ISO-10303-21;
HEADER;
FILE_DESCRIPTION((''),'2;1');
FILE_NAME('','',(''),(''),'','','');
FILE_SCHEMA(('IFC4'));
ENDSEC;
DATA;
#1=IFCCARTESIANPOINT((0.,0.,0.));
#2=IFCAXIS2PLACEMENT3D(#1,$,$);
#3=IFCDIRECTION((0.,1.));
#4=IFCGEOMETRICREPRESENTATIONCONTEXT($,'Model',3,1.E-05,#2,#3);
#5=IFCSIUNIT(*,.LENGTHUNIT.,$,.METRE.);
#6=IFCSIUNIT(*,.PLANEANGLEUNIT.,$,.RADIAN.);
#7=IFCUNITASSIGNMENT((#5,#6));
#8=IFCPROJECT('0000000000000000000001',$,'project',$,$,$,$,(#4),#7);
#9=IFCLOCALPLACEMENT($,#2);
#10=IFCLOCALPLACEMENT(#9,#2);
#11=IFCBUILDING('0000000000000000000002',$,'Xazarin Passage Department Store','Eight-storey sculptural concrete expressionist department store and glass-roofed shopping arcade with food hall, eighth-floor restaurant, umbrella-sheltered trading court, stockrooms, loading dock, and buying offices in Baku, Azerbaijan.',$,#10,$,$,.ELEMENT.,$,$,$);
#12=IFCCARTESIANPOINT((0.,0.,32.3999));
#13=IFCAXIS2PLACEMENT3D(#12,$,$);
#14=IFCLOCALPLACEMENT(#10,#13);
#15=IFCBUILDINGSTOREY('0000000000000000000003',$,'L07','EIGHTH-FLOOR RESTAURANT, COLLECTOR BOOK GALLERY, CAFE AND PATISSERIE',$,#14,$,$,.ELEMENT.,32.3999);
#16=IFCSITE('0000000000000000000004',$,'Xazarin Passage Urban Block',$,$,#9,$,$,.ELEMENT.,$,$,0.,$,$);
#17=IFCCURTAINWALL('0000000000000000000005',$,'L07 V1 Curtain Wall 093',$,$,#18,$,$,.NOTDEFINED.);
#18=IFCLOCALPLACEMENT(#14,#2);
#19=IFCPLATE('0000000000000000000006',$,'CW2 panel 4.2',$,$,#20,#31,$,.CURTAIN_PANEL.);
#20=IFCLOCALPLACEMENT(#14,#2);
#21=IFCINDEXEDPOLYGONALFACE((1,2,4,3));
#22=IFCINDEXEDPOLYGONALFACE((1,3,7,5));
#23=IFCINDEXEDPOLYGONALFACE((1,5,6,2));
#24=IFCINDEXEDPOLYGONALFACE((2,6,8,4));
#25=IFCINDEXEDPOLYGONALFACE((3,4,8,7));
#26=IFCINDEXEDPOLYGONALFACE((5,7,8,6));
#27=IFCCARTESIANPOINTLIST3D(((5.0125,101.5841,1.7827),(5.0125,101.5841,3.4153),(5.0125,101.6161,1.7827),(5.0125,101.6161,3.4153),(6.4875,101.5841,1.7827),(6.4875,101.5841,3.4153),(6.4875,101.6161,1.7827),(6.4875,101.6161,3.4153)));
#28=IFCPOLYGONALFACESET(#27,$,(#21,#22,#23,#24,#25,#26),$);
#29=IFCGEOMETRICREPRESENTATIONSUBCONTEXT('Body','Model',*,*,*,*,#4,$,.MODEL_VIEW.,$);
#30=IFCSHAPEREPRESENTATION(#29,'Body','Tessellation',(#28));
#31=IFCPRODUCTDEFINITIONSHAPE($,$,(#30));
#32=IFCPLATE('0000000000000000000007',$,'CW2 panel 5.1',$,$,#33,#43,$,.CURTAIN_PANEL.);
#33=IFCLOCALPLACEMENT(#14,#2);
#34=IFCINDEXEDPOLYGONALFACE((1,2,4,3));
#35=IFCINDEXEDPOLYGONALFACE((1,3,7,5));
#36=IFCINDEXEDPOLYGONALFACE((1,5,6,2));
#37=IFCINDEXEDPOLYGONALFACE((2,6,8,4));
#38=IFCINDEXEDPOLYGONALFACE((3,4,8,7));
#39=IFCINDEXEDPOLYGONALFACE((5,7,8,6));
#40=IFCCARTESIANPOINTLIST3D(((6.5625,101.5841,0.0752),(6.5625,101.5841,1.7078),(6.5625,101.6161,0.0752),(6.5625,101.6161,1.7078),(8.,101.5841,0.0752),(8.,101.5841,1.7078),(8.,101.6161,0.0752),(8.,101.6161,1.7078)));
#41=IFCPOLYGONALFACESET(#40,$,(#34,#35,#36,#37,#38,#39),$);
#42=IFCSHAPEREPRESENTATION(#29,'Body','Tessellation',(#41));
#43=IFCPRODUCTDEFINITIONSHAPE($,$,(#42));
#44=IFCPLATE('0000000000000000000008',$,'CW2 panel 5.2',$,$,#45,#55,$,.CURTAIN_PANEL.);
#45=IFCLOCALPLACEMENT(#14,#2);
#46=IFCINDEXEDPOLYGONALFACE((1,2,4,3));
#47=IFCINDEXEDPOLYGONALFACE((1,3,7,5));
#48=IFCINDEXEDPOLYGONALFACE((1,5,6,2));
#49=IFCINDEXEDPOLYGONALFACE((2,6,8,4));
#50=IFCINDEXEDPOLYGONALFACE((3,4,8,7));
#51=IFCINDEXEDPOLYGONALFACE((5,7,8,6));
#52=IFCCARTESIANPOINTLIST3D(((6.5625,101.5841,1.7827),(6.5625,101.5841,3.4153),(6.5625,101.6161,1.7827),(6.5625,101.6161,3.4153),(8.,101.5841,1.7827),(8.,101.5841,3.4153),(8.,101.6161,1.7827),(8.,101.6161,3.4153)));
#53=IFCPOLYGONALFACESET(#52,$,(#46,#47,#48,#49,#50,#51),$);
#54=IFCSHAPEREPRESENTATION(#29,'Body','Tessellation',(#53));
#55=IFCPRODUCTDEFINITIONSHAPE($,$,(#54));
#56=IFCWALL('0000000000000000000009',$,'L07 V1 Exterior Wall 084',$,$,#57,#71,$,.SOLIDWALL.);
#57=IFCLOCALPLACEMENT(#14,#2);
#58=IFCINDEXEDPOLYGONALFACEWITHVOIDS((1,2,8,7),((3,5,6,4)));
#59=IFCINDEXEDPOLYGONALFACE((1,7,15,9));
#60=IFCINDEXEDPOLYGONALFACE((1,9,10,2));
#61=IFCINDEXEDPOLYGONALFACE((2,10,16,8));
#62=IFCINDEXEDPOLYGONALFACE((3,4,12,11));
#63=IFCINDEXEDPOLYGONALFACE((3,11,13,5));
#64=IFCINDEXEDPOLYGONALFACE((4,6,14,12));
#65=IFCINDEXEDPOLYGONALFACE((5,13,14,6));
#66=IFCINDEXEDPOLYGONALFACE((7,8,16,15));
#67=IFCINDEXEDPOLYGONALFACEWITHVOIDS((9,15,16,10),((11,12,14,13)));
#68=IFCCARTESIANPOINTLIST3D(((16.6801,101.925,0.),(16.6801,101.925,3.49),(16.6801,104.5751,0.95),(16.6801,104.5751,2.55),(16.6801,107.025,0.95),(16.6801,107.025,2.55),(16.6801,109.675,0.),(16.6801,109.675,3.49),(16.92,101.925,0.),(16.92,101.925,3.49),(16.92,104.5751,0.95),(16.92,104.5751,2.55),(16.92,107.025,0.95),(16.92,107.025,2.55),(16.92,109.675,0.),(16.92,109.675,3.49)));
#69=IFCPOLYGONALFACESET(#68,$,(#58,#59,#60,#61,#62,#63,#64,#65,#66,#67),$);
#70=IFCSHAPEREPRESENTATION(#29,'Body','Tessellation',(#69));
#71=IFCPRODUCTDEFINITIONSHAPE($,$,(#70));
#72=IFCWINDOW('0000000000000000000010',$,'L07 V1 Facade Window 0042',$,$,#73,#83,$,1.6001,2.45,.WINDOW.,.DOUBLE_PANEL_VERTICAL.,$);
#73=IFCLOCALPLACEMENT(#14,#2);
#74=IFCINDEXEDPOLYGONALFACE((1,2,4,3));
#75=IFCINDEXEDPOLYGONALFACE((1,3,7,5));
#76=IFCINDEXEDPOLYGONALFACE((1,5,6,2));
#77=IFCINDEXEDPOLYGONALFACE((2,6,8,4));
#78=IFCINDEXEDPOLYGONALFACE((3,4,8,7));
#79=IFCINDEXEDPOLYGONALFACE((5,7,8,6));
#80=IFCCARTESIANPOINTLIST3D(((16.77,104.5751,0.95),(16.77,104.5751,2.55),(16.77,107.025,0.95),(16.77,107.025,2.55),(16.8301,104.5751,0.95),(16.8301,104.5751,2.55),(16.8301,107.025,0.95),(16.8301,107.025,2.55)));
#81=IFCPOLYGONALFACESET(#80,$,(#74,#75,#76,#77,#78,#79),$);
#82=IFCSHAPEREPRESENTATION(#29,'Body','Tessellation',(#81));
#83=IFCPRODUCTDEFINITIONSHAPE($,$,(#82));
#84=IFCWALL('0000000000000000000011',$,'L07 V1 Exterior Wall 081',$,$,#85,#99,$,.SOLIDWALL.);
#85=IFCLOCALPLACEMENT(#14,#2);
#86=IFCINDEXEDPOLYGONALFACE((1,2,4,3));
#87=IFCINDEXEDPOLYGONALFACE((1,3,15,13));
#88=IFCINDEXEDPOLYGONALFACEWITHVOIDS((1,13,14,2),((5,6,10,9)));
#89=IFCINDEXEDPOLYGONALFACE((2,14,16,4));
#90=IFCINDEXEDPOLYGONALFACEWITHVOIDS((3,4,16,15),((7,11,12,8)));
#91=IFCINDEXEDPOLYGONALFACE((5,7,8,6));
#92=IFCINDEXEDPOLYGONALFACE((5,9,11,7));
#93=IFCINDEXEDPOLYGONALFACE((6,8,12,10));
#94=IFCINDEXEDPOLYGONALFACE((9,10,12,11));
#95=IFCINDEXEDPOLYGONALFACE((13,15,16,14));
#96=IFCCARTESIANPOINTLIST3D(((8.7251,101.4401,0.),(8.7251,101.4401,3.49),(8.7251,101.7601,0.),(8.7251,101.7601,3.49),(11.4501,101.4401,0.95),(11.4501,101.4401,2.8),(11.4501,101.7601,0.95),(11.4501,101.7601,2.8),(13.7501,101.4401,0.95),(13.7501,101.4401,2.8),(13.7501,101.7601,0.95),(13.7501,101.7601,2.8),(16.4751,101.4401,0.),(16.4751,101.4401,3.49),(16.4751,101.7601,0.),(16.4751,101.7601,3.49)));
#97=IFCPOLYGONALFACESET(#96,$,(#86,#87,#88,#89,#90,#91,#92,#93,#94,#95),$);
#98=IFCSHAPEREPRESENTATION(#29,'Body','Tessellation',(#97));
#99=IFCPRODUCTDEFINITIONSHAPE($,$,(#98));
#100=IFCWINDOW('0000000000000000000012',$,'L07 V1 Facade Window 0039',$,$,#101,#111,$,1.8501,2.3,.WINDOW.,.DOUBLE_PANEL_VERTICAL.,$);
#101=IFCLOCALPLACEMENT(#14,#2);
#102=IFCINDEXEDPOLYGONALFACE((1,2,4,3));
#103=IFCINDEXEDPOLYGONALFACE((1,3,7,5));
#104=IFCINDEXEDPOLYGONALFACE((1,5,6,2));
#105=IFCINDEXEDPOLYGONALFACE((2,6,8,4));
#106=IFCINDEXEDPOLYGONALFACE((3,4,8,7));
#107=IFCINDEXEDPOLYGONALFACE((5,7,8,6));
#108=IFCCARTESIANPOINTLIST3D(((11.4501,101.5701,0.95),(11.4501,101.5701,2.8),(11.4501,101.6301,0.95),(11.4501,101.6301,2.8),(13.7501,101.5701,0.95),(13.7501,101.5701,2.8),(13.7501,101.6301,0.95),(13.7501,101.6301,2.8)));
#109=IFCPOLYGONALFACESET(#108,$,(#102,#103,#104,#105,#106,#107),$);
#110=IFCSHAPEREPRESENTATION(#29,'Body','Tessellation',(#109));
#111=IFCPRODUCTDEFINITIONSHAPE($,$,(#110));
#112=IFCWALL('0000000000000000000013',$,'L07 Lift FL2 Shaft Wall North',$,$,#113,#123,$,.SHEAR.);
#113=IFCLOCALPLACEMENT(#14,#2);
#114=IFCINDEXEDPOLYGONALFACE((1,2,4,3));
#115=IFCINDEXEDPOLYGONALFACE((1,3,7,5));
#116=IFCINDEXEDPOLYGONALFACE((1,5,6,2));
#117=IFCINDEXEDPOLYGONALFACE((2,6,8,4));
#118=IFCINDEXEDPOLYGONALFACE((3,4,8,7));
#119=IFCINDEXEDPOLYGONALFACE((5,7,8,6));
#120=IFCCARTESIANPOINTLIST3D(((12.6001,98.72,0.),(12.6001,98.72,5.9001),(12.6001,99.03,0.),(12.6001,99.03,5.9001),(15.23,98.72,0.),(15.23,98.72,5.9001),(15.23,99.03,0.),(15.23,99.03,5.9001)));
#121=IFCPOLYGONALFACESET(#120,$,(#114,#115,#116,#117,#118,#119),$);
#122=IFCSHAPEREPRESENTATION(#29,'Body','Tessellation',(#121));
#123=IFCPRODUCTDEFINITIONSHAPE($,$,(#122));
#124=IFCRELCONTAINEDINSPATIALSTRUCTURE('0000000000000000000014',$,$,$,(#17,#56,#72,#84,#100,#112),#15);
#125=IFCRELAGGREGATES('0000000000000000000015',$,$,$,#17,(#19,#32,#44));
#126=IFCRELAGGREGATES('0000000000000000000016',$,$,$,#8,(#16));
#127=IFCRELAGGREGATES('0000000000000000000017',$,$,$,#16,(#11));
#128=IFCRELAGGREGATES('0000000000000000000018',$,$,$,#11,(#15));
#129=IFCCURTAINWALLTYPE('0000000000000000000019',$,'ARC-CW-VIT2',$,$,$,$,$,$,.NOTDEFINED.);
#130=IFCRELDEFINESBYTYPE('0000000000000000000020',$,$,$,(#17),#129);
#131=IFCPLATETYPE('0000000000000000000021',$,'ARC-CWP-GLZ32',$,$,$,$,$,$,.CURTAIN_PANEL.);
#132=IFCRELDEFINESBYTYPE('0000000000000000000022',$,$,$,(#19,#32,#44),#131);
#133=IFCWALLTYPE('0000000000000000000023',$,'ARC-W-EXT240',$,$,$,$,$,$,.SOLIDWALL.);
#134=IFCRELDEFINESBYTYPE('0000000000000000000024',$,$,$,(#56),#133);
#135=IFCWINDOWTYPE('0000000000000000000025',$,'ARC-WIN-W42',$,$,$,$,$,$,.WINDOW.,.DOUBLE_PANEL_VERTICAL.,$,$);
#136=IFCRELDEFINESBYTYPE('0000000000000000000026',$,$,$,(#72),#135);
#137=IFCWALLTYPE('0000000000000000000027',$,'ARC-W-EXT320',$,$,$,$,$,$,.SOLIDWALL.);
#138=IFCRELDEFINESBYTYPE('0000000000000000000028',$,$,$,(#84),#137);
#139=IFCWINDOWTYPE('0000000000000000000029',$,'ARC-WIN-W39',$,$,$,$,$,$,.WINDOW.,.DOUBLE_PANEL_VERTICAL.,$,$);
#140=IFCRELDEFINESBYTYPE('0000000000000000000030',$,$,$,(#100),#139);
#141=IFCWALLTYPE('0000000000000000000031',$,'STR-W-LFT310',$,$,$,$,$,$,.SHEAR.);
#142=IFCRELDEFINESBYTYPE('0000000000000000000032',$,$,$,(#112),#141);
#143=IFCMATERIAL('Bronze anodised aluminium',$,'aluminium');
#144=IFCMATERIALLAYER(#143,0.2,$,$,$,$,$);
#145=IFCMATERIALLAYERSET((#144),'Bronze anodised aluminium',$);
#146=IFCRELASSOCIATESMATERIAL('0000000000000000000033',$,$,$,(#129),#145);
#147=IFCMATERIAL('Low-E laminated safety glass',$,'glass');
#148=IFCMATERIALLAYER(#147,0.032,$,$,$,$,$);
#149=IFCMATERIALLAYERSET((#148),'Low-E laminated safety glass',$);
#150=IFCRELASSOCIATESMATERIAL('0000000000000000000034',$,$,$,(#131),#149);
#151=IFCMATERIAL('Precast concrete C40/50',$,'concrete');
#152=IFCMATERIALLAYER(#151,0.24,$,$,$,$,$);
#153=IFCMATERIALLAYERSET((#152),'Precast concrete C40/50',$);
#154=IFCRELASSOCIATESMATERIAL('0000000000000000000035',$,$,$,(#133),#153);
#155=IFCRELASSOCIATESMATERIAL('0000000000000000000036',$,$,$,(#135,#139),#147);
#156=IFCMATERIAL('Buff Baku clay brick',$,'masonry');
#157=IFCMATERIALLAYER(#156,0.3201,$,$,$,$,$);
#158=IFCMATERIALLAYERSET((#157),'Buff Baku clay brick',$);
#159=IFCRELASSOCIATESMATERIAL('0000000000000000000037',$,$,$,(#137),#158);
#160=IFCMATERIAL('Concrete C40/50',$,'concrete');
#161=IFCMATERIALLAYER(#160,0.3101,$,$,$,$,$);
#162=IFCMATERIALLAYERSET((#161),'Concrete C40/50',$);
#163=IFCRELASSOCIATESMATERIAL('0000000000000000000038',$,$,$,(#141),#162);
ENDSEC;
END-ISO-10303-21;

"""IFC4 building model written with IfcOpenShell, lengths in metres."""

from ifc_helpers import new_model, si_unit, direction, frame, frame_2d, origin, origin_2d, place, context, subcontext, project, spatial, rectangle, extrude, material, layer, layer_set, type_object, element, fill, aggregate, save


model = new_model("IFC4")

# Units and contexts
model_context = context("Model", 3, precision=1e-05, world=origin(), true_north=direction((0.0, 1.0)))
body_context = subcontext(model_context, "Body", "Model", "MODEL_VIEW")
ifc_project = project(units=[si_unit("LENGTHUNIT", "METRE"), si_unit("PLANEANGLEUNIT", "RADIAN")], contexts=[model_context])

# Site, building, storey
site_placement = place(None, origin())
site = spatial("IfcSite", under=ifc_project, at=site_placement, Name="Xazarin Passage Urban Block", CompositionType="ELEMENT", RefElevation=0.0)
building_placement = place(site_placement, origin())
building = spatial("IfcBuilding", under=site, at=building_placement, Name="Xazarin Passage Department Store", Description="Eight-storey sculptural concrete expressionist department store and glass-roofed shopping arcade with food hall, eighth-floor restaurant, umbrella-sheltered trading court, stockrooms, loading dock, and buying offices in Baku, Azerbaijan.", CompositionType="ELEMENT")
storey_placement = place(building_placement, frame((0.0, 0.0, 32.3999)))
storey = spatial("IfcBuildingStorey", under=building, at=storey_placement, Name="L07", Description="EIGHTH-FLOOR RESTAURANT, COLLECTOR BOOK GALLERY, CAFE AND PATISSERIE", CompositionType="ELEMENT", Elevation=32.3999)

# Shared definitions
ifc_material_1 = material(Name="Concrete C40/50", Category="concrete")

# Curtain wall
ifc_material_2 = material(Name="Bronze anodised aluminium", Category="aluminium")
ifc_layer_1 = layer(ifc_material_2, 0.2)
ifc_layer_set_1 = layer_set([ifc_layer_1], Name="Bronze anodised aluminium")
curtain_wall_type = type_object("IfcCurtainWallType", Name="ARC-CW-VIT2", PredefinedType="NOTDEFINED", material=ifc_layer_set_1)
curtain_wall_1_placement = place(storey_placement, origin())
curtain_wall_1 = element("IfcCurtainWall", 1, at=curtain_wall_1_placement, inside=storey, type_object=curtain_wall_type, Name="L07 V1 Curtain Wall 093", PredefinedType="NOTDEFINED")

# Plates
ifc_material_3 = material(Name="Low-E laminated safety glass", Category="glass")
ifc_layer_2 = layer(ifc_material_3, 0.032)
ifc_layer_set_2 = layer_set([ifc_layer_2], Name="Low-E laminated safety glass")
plate_type = type_object("IfcPlateType", Name="ARC-CWP-GLZ32", PredefinedType="CURTAIN_PANEL", material=ifc_layer_set_2)
plate_1_placement = place(storey_placement, frame((5.75, 101.6001, 1.7827), z_axis=(0.0, 0.0, 1.0), x_axis=(1.0, 0.0, 0.0)))
plate_1 = element("IfcPlate", 2, at=plate_1_placement, type_object=plate_type, Name="CW2 panel 4.2", PredefinedType="CURTAIN_PANEL", context=body_context, shape_type="SweptSolid", body=[
    extrude(rectangle(XDim=1.4751, YDim=0.032, at=origin_2d()), origin(), (0.0, 0.0, 1.0), 1.6326),
])
plate_2_placement = place(storey_placement, frame((7.2812, 101.6001, 0.0752), z_axis=(0.0, 0.0, 1.0), x_axis=(1.0, 0.0, 0.0)))
plate_2 = element("IfcPlate", 3, at=plate_2_placement, type_object=plate_type, Name="CW2 panel 5.1", PredefinedType="CURTAIN_PANEL", context=body_context, shape_type="SweptSolid", body=[
    extrude(rectangle(XDim=1.4375, YDim=0.032, at=origin_2d()), origin(), (0.0, 0.0, 1.0), 1.6326),
])
plate_3_placement = place(storey_placement, frame((7.2812, 101.6001, 1.7827), z_axis=(0.0, 0.0, 1.0), x_axis=(1.0, 0.0, 0.0)))
plate_3 = element("IfcPlate", 4, at=plate_3_placement, type_object=plate_type, Name="CW2 panel 5.2", PredefinedType="CURTAIN_PANEL", context=body_context, shape_type="SweptSolid", body=[
    extrude(rectangle(XDim=1.4375, YDim=0.032, at=origin_2d()), origin(), (0.0, 0.0, 1.0), 1.6326),
])
aggregate(curtain_wall_1, [plate_1, plate_2, plate_3])

# Walls, openings, windows
ifc_material_4 = material(Name="Precast concrete C40/50", Category="concrete")
ifc_layer_3 = layer(ifc_material_4, 0.24)
ifc_layer_set_3 = layer_set([ifc_layer_3], Name="Precast concrete C40/50")
wall_type_1 = type_object("IfcWallType", Name="ARC-W-EXT240", PredefinedType="SOLIDWALL", material=ifc_layer_set_3)
wall_1_placement = place(storey_placement, frame((16.8, 101.925, 0.0), z_axis=(0.0, 0.0, 1.0), x_axis=(0.0, 1.0, 0.0)))
wall_1 = element("IfcWall", 5, at=wall_1_placement, inside=storey, type_object=wall_type_1, Name="L07 V1 Exterior Wall 084", PredefinedType="SOLIDWALL", context=body_context, shape_type="SweptSolid", body=[
    extrude(rectangle(XDim=7.75, YDim=0.24, at=frame_2d((3.875, 0.0))), origin(), (0.0, 0.0, 1.0), 3.49),
])
opening_1_placement = place(wall_1_placement, frame((2.6499, 0.0, 0.95)))
opening_1 = element("IfcOpeningElement", 6, at=opening_1_placement, cuts=wall_1, PredefinedType="OPENING", context=body_context, shape_type="SweptSolid", body=[
    extrude(rectangle(XDim=2.45, YDim=1.6001, at=frame_2d((1.2251, 0.8))), frame((0.0, 0.1299, 0.0), z_axis=(0.0, -1.0, 0.0), x_axis=(1.0, 0.0, 0.0)), (0.0, 0.0, 1.0), 0.26),
])
window_type_1 = type_object("IfcWindowType", Name="ARC-WIN-W42", PartitioningType="DOUBLE_PANEL_VERTICAL", PredefinedType="WINDOW", material=ifc_material_3)
window_1_placement = place(opening_1_placement, origin())
window_1 = element("IfcWindow", 7, at=window_1_placement, inside=storey, type_object=window_type_1, Name="L07 V1 Facade Window 0042", OverallHeight=1.6001, OverallWidth=2.45, PartitioningType="DOUBLE_PANEL_VERTICAL", PredefinedType="WINDOW", context=body_context, shape_type="SweptSolid", body=[
    extrude(rectangle(XDim=2.45, YDim=1.6001, at=frame_2d((1.2251, 0.8))), frame((0.0, 0.03, 0.0), z_axis=(0.0, -1.0, 0.0), x_axis=(1.0, 0.0, 0.0)), (0.0, 0.0, 1.0), 0.0601),
])
fill(opening_1, window_1)
ifc_material_5 = material(Name="Buff Baku clay brick", Category="masonry")
ifc_layer_4 = layer(ifc_material_5, 0.3201)
ifc_layer_set_4 = layer_set([ifc_layer_4], Name="Buff Baku clay brick")
wall_type_2 = type_object("IfcWallType", Name="ARC-W-EXT320", PredefinedType="SOLIDWALL", material=ifc_layer_set_4)
wall_2_placement = place(storey_placement, frame((8.7251, 101.6001, 0.0), z_axis=(0.0, 0.0, 1.0), x_axis=(1.0, 0.0, 0.0)))
wall_2 = element("IfcWall", 8, at=wall_2_placement, inside=storey, type_object=wall_type_2, Name="L07 V1 Exterior Wall 081", PredefinedType="SOLIDWALL", context=body_context, shape_type="SweptSolid", body=[
    extrude(rectangle(XDim=7.75, YDim=0.3201, at=frame_2d((3.875, 0.0))), origin(), (0.0, 0.0, 1.0), 3.49),
])
opening_2_placement = place(wall_2_placement, frame((2.7251, 0.0, 0.95)))
opening_2 = element("IfcOpeningElement", 9, at=opening_2_placement, cuts=wall_2, PredefinedType="OPENING", context=body_context, shape_type="SweptSolid", body=[
    extrude(rectangle(XDim=2.3, YDim=1.8501, at=frame_2d((1.1499, 0.925))), frame((0.0, 0.1699, 0.0), z_axis=(0.0, -1.0, 0.0), x_axis=(1.0, 0.0, 0.0)), (0.0, 0.0, 1.0), 0.3401),
])
window_type_2 = type_object("IfcWindowType", Name="ARC-WIN-W39", PartitioningType="DOUBLE_PANEL_VERTICAL", PredefinedType="WINDOW", material=ifc_material_3)
window_2_placement = place(opening_2_placement, origin())
window_2 = element("IfcWindow", 10, at=window_2_placement, inside=storey, type_object=window_type_2, Name="L07 V1 Facade Window 0039", OverallHeight=1.8501, OverallWidth=2.3, PartitioningType="DOUBLE_PANEL_VERTICAL", PredefinedType="WINDOW", context=body_context, shape_type="SweptSolid", body=[
    extrude(rectangle(XDim=2.3, YDim=1.8501, at=frame_2d((1.1499, 0.925))), frame((0.0, 0.03, 0.0), z_axis=(0.0, -1.0, 0.0), x_axis=(1.0, 0.0, 0.0)), (0.0, 0.0, 1.0), 0.0601),
])
fill(opening_2, window_2)

# Wall
ifc_layer_5 = layer(ifc_material_1, 0.3101)
ifc_layer_set_5 = layer_set([ifc_layer_5], Name="Concrete C40/50")
wall_type_3 = type_object("IfcWallType", Name="STR-W-LFT310", PredefinedType="SHEAR", material=ifc_layer_set_5)
wall_3_placement = place(storey_placement, frame((12.6001, 98.875, 0.0), z_axis=(0.0, 0.0, 1.0), x_axis=(1.0, 0.0, 0.0)))
element("IfcWall", 11, at=wall_3_placement, inside=storey, type_object=wall_type_3, Name="L07 Lift FL2 Shaft Wall North", PredefinedType="SHEAR", context=body_context, shape_type="SweptSolid", body=[
    extrude(rectangle(XDim=2.6299, YDim=0.3101, at=frame_2d((1.3149, 0.0))), origin(), (0.0, 0.0, 1.0), 5.9001),
])

save(model, "model.ifc")
